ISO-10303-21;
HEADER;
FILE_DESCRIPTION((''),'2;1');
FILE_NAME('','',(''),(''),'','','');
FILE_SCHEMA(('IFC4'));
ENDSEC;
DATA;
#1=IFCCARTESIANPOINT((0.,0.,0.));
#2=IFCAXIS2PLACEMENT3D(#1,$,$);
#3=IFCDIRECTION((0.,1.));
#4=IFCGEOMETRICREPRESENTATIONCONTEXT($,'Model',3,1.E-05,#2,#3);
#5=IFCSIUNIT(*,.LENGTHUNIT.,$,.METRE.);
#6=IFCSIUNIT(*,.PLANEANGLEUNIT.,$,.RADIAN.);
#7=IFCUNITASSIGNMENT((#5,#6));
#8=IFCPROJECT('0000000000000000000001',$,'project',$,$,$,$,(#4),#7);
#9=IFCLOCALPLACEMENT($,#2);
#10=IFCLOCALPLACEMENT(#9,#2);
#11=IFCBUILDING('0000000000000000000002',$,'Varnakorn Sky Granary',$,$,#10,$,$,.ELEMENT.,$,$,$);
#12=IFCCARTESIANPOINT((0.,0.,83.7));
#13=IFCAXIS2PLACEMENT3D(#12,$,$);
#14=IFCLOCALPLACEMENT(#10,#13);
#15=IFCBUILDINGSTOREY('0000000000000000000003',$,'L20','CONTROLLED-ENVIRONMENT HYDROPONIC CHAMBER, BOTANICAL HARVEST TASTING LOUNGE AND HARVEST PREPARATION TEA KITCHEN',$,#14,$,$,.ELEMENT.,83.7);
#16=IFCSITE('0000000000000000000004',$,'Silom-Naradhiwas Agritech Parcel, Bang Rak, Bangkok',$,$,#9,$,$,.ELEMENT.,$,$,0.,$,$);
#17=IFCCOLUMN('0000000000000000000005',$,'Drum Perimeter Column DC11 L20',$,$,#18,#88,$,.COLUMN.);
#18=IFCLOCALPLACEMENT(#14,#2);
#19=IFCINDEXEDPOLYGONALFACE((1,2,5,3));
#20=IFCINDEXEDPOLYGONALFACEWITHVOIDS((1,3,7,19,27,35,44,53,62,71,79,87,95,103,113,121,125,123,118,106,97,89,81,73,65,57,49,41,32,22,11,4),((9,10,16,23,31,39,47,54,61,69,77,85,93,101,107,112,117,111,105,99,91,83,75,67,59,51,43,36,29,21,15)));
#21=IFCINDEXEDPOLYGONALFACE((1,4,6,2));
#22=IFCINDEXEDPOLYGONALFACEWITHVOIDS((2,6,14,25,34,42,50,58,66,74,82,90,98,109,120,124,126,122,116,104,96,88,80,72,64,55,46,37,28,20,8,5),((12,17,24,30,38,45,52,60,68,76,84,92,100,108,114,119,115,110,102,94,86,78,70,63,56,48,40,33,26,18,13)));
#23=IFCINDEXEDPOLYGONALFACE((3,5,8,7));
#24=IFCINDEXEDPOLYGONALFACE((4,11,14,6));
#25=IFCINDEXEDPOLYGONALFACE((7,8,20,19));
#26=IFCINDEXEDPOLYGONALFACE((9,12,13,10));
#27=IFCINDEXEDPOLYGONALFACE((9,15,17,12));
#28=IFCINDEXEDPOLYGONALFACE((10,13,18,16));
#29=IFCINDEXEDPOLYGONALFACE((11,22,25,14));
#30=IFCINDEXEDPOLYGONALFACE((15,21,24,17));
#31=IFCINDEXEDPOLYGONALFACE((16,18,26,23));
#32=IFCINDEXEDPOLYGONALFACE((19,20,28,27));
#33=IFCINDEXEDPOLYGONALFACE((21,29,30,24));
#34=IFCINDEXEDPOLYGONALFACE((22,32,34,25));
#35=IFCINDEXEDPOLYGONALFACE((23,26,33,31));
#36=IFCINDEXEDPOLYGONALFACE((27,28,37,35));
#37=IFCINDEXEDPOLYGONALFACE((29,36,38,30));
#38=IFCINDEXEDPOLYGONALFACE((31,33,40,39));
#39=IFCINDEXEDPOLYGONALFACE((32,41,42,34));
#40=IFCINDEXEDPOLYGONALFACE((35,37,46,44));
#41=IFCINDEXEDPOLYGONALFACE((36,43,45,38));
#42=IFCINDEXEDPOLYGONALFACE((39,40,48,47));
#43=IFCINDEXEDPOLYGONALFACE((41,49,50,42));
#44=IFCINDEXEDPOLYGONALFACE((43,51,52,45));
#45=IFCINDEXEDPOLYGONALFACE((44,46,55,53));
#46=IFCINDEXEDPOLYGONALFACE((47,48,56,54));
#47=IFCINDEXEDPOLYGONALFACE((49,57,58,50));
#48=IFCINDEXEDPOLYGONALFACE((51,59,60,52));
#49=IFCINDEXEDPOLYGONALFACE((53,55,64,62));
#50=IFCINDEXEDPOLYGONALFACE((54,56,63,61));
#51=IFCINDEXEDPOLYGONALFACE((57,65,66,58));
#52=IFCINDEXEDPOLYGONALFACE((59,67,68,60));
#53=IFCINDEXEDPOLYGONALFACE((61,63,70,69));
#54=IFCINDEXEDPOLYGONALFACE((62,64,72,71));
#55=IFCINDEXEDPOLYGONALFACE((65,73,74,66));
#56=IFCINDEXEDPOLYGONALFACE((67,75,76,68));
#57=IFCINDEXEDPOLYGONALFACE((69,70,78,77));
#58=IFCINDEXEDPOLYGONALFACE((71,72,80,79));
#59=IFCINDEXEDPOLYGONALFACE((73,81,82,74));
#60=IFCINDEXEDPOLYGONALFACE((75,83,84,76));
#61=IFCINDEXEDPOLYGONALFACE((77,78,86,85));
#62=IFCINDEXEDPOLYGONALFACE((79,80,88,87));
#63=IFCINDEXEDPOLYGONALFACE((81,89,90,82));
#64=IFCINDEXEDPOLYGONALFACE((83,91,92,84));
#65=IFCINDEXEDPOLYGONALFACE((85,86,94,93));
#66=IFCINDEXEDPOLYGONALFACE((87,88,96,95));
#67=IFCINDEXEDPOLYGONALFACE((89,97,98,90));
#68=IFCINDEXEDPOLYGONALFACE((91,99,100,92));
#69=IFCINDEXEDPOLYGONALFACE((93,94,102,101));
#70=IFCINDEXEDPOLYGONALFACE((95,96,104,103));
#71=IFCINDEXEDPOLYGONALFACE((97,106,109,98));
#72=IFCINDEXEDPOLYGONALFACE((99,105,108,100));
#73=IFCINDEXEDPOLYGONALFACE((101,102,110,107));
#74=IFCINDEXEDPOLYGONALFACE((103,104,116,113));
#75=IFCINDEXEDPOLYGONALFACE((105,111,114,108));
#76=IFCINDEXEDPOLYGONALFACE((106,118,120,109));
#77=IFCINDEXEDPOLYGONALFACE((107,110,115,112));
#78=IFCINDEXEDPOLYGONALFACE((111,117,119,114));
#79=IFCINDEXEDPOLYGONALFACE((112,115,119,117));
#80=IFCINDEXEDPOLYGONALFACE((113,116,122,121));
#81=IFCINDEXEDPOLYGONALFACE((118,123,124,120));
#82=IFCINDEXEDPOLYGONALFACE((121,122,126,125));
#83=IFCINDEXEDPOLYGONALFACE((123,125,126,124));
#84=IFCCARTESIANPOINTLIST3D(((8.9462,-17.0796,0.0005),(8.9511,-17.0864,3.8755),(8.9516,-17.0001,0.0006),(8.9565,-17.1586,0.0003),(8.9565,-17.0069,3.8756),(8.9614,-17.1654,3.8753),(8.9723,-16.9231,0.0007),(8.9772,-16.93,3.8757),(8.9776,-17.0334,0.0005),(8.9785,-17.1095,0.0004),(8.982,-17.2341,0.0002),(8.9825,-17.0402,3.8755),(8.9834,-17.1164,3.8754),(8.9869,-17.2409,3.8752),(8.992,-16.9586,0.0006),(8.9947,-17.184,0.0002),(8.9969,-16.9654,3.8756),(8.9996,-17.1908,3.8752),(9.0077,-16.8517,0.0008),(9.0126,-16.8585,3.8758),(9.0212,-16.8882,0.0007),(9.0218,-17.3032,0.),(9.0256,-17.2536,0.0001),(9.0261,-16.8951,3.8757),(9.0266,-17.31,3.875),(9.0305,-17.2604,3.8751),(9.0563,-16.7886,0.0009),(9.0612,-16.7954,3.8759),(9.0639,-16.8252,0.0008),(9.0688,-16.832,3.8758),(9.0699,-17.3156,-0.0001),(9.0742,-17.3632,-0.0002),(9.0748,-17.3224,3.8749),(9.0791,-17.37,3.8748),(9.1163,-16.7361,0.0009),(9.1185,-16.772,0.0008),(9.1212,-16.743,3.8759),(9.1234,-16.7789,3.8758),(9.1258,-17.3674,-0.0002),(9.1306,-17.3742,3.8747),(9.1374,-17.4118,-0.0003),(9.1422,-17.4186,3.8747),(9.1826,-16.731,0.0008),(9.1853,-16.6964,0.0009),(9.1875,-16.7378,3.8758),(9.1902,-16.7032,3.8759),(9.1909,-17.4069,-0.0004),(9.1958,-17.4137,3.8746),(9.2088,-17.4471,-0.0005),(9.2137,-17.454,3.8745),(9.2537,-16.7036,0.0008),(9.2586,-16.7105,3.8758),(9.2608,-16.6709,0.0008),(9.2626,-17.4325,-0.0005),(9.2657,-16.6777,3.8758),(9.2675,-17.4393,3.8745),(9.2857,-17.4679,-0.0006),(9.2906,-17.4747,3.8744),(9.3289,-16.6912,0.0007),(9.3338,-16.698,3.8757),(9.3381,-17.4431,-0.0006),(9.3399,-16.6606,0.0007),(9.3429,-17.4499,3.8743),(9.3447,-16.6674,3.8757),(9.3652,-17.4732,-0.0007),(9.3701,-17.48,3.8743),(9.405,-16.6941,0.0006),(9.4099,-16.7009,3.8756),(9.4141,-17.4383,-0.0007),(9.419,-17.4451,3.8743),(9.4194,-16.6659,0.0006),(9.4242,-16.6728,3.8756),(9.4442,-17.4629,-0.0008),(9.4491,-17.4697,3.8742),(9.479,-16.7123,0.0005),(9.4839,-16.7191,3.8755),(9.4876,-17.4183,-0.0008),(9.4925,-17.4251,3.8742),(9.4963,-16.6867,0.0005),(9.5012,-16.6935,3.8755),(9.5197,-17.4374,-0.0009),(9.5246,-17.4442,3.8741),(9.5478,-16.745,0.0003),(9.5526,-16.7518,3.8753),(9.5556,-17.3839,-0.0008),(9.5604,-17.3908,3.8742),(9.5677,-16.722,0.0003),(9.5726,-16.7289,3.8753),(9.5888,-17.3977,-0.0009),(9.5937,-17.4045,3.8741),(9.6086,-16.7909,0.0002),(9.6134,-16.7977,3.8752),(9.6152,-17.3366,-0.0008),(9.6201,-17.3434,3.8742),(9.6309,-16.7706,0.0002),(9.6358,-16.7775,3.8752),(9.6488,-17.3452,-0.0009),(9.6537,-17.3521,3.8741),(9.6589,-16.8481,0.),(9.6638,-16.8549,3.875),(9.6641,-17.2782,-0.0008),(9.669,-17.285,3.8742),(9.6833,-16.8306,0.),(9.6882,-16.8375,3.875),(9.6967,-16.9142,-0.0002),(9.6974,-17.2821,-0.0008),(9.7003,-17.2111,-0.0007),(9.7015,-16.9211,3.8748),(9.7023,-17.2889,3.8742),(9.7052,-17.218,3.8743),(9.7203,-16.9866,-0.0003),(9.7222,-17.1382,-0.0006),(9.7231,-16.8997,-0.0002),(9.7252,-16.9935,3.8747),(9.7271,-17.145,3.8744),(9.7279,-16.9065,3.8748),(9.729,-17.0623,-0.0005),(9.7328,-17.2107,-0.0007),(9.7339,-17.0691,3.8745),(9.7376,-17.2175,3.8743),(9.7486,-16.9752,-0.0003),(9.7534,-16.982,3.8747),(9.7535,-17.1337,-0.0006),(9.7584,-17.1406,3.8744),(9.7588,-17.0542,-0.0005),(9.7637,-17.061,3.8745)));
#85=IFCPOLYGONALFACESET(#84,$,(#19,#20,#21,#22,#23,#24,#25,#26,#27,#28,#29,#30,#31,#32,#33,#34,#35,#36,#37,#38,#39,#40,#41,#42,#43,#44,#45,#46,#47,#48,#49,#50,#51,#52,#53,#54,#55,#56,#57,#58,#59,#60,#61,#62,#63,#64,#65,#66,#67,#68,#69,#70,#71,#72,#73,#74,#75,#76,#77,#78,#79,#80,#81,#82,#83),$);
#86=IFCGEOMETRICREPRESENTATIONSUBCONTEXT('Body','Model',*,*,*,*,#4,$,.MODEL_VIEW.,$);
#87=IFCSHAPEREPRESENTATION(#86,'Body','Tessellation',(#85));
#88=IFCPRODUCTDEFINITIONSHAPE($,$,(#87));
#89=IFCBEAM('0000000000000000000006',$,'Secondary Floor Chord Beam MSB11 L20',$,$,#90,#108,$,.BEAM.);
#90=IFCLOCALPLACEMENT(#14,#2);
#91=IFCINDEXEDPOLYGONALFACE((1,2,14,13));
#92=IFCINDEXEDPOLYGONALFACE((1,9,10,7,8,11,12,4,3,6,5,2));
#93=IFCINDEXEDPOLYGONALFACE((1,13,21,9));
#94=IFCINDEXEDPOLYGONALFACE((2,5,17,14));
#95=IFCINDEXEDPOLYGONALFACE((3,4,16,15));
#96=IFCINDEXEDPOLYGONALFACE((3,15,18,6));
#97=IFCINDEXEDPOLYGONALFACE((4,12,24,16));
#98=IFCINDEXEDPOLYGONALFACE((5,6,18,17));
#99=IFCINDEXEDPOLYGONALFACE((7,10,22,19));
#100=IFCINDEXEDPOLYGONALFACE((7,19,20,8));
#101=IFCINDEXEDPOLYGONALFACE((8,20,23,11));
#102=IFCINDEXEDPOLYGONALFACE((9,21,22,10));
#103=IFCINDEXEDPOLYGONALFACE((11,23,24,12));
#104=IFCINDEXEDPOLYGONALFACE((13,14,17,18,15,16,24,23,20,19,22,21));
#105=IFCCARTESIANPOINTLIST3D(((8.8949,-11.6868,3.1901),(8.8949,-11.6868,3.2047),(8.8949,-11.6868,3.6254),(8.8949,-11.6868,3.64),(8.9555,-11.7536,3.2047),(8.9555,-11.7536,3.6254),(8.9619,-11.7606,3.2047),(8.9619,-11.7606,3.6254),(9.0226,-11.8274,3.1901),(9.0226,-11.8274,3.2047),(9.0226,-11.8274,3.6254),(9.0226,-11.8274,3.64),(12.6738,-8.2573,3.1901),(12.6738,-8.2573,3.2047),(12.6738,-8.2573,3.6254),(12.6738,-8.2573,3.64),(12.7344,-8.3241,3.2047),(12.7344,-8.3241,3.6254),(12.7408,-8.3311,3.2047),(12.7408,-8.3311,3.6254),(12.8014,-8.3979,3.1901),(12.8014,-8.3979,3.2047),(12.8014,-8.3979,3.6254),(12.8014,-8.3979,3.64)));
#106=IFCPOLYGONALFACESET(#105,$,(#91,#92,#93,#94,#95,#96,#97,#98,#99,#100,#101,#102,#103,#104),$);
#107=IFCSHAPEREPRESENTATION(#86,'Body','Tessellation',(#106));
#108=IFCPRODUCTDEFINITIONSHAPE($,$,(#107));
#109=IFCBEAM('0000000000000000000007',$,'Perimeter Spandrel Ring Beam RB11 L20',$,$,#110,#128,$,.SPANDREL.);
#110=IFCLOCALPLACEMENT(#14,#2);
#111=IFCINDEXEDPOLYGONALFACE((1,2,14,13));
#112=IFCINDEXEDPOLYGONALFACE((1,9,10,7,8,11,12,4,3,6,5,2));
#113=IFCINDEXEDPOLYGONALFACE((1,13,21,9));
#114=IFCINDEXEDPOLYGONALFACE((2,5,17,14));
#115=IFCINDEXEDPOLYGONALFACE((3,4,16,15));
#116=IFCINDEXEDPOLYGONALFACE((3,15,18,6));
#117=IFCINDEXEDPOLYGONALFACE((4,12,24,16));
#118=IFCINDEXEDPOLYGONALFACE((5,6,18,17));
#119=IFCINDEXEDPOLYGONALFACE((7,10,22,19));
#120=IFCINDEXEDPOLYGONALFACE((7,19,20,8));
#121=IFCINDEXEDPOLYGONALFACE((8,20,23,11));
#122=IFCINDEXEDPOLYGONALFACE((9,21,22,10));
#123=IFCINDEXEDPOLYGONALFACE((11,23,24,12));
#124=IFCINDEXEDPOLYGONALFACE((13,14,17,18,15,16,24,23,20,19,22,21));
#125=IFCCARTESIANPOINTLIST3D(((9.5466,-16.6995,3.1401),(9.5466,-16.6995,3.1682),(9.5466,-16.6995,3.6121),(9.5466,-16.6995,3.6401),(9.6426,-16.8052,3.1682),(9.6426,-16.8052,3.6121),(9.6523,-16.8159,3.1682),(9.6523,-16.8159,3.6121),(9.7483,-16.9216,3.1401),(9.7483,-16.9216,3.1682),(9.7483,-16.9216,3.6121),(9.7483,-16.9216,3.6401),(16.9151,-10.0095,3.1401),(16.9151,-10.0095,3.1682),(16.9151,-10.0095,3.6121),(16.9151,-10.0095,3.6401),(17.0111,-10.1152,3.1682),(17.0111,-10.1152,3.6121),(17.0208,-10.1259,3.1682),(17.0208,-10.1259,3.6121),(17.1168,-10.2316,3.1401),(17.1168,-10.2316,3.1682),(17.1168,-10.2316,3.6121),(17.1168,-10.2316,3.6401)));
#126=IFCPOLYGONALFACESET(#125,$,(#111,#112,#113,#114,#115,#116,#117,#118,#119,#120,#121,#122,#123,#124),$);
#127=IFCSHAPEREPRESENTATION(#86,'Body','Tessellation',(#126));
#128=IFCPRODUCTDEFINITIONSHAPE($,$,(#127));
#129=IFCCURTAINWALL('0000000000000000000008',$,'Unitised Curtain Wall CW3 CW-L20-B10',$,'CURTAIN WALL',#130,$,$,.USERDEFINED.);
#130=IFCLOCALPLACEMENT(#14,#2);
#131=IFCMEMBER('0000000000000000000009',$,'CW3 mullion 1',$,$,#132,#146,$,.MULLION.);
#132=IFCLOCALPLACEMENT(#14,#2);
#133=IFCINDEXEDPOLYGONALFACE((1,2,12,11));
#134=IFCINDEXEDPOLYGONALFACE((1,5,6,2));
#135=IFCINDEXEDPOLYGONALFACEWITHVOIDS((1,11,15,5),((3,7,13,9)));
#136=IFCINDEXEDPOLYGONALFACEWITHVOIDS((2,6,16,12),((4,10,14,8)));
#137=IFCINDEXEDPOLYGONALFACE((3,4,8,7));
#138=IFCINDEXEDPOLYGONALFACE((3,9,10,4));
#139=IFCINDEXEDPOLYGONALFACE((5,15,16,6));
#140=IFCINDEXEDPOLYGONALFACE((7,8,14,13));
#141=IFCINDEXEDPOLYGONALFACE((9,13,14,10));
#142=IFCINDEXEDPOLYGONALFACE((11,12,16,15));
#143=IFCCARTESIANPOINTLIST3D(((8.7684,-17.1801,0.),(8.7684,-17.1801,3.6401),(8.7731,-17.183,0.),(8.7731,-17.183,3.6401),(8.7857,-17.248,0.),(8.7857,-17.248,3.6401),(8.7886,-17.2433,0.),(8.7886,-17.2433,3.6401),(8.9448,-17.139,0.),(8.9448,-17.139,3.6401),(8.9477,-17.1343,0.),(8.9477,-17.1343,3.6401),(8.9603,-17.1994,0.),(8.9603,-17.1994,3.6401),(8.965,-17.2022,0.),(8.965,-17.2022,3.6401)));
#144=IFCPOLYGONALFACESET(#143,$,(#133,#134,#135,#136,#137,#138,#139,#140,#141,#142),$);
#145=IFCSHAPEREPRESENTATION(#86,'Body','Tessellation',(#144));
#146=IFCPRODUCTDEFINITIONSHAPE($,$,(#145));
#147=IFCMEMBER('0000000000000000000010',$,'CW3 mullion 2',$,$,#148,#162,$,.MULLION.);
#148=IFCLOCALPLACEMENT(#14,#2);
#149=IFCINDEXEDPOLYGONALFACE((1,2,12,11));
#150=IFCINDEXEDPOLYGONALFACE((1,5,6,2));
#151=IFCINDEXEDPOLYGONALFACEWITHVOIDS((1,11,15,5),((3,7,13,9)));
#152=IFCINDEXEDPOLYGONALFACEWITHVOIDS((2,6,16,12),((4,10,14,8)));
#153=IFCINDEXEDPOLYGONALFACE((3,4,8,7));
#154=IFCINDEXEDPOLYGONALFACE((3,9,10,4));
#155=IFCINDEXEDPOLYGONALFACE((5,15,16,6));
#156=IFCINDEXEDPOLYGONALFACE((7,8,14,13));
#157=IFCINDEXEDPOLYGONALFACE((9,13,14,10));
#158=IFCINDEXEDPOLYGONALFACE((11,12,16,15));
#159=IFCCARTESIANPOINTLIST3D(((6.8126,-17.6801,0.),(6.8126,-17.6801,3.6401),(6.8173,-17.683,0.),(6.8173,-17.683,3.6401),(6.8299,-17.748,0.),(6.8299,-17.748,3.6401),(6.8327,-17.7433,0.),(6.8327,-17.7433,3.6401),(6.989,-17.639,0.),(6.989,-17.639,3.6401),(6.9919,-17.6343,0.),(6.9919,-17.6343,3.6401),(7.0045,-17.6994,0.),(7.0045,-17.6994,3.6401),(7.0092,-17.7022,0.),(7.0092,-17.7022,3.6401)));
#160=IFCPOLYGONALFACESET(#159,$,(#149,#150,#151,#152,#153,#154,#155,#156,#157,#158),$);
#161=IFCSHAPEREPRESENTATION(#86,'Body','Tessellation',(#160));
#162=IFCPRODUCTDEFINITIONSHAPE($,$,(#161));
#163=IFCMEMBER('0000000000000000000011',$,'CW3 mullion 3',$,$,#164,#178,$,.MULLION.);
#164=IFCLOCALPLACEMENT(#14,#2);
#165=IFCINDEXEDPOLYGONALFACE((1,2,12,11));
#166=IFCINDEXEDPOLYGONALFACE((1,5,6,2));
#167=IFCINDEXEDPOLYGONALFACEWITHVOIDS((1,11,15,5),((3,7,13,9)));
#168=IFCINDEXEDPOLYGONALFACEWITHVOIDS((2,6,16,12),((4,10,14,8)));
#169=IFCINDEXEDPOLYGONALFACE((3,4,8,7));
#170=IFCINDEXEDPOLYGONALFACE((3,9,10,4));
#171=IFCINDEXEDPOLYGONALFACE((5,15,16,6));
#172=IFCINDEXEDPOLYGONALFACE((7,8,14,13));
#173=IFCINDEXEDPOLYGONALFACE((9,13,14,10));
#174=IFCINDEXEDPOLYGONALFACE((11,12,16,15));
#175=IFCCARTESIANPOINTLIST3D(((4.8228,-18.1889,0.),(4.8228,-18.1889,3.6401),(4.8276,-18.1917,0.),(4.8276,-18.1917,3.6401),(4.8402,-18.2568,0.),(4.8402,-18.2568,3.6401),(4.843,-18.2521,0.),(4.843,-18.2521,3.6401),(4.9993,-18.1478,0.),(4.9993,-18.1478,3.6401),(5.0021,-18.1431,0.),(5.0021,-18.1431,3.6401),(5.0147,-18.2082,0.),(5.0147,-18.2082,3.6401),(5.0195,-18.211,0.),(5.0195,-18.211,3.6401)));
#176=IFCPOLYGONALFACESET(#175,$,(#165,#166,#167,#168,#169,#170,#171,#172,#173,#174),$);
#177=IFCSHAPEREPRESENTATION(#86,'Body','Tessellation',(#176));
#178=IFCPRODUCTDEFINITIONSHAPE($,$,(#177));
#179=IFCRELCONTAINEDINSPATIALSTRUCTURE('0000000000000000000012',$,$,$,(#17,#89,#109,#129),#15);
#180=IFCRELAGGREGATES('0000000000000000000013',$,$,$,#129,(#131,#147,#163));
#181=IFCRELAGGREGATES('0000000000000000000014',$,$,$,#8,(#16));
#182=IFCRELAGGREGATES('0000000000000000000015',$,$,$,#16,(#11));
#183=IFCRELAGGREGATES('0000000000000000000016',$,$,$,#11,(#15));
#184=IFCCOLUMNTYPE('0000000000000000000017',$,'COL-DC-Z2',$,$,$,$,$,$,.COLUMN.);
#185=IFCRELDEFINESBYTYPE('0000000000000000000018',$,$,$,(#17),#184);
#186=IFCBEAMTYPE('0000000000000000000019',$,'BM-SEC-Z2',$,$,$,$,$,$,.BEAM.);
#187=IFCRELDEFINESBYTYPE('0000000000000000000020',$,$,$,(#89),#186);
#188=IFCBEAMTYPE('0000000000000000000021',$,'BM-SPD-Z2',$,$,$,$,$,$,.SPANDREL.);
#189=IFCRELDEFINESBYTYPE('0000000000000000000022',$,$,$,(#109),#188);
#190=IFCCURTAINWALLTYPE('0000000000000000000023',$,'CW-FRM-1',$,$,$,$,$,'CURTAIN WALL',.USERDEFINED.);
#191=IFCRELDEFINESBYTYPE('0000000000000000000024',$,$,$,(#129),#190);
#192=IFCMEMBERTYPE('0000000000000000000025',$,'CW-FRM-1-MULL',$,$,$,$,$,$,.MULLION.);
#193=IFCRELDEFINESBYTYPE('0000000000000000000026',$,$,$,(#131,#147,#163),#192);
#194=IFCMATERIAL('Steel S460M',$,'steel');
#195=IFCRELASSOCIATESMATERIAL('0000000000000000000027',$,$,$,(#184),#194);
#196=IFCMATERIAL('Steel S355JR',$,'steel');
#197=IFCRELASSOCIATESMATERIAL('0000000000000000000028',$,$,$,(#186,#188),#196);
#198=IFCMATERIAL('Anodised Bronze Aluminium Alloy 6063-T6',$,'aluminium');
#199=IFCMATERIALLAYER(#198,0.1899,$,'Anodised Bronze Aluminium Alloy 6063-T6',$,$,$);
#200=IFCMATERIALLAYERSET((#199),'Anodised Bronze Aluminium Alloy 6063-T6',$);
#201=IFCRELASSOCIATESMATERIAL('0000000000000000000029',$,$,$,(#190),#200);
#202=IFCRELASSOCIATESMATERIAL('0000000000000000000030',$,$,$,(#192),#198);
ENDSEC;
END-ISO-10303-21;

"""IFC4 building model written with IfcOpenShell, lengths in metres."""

from ifc_helpers import new_model, si_unit, direction, frame, origin, origin_2d, place, context, subcontext, project, spatial, hollow_rectangle, hollow_circle, i_section, extrude, material, layer, layer_set, material_profile, profile_set, type_object, element, aggregate, save


model = new_model("IFC4")

# Units and contexts
model_context = context("Model", 3, precision=1e-05, world=origin(), true_north=direction((0.0, 1.0)))
body_context = subcontext(model_context, "Body", "Model", "MODEL_VIEW")
ifc_project = project(units=[si_unit("LENGTHUNIT", "METRE"), si_unit("PLANEANGLEUNIT", "RADIAN")], contexts=[model_context])

# Site, building, storey
site_placement = place(None, origin())
site = spatial("IfcSite", under=ifc_project, at=site_placement, Name="Silom-Naradhiwas Agritech Parcel, Bang Rak, Bangkok", CompositionType="ELEMENT", RefElevation=0.0)
building_placement = place(site_placement, origin())
building = spatial("IfcBuilding", under=site, at=building_placement, Name="Varnakorn Sky Granary", CompositionType="ELEMENT")
storey_placement = place(building_placement, frame((0.0, 0.0, 83.7)))
storey = spatial("IfcBuildingStorey", under=building, at=storey_placement, Name="L20", Description="CONTROLLED-ENVIRONMENT HYDROPONIC CHAMBER, BOTANICAL HARVEST TASTING LOUNGE AND HARVEST PREPARATION TEA KITCHEN", CompositionType="ELEMENT", Elevation=83.7)

# Column
ifc_material_1 = material(Name="Steel S460M", Category="steel")
ifc_material_profile_1 = material_profile(ifc_material_1, hollow_circle(Radius=0.4065, WallThickness=0.03, at=origin_2d()), Name="CHS 813x30")
ifc_profile_set_1 = profile_set([ifc_material_profile_1], Name="Steel S460M")
column_type = type_object("IfcColumnType", Name="COL-DC-Z2", PredefinedType="COLUMN", material=ifc_profile_set_1)
column_placement = place(storey_placement, frame((9.3525, -17.0669, 0.0), z_axis=(0.00126, -0.001764, 0.999998), x_axis=(0.813733, 0.581238, 0.0)))
element("IfcColumn", 1, at=column_placement, inside=storey, type_object=column_type, Name="Drum Perimeter Column DC11 L20", PredefinedType="COLUMN", context=body_context, shape_type="SweptSolid", body=[
    extrude(hollow_circle(Radius=0.4065, WallThickness=0.03, at=origin_2d()), origin(), (0.0, 0.0, 1.0), 3.875),
])

# Beams
ifc_material_2 = material(Name="Steel S355JR", Category="steel")
ifc_material_profile_2 = material_profile(ifc_material_2, i_section(OverallWidth=0.1899, OverallDepth=0.45, WebThickness=0.0095, FlangeThickness=0.0146, at=origin_2d()), Name="IPE 450")
ifc_profile_set_2 = profile_set([ifc_material_profile_2], Name="Steel S355JR")
beam_type_1 = type_object("IfcBeamType", Name="BM-SEC-Z2", PredefinedType="BEAM", material=ifc_profile_set_2)
beam_1_placement = place(storey_placement, frame((8.9587, -11.7571, 3.415), z_axis=(0.740509, 0.672046, 0.0), x_axis=(-0.672046, 0.740509, 0.0)))
element("IfcBeam", 2, at=beam_1_placement, inside=storey, type_object=beam_type_1, Name="Secondary Floor Chord Beam MSB11 L20", PredefinedType="BEAM", context=body_context, shape_type="SweptSolid", body=[
    extrude(i_section(OverallWidth=0.1899, OverallDepth=0.45, WebThickness=0.0095, FlangeThickness=0.0146, at=origin_2d()), origin(), (0.0, 0.0, 1.0), 5.103),
])
ifc_material_profile_3 = material_profile(ifc_material_2, i_section(OverallWidth=0.3, OverallDepth=0.5, WebThickness=0.0144, FlangeThickness=0.0281, at=origin_2d()), Name="HE 500 B")
ifc_profile_set_3 = profile_set([ifc_material_profile_3], Name="Steel S355JR")
beam_type_2 = type_object("IfcBeamType", Name="BM-SPD-Z2", PredefinedType="SPANDREL", material=ifc_profile_set_3)
beam_2_placement = place(storey_placement, frame((9.6475, -16.8105, 3.3901), z_axis=(0.740371, 0.672199, 0.0), x_axis=(-0.672199, 0.740371, 0.0)))
element("IfcBeam", 3, at=beam_2_placement, inside=storey, type_object=beam_type_2, Name="Perimeter Spandrel Ring Beam RB11 L20", PredefinedType="SPANDREL", context=body_context, shape_type="SweptSolid", body=[
    extrude(i_section(OverallWidth=0.3, OverallDepth=0.5, WebThickness=0.0144, FlangeThickness=0.0281, at=origin_2d()), origin(), (0.0, 0.0, 1.0), 9.9524),
])

# Curtain wall, members
ifc_material_3 = material(Name="Anodised Bronze Aluminium Alloy 6063-T6", Category="aluminium")
ifc_layer_1 = layer(ifc_material_3, 0.1899, Name="Anodised Bronze Aluminium Alloy 6063-T6")
ifc_layer_set_1 = layer_set([ifc_layer_1], Name="Anodised Bronze Aluminium Alloy 6063-T6")
curtain_wall_type = type_object("IfcCurtainWallType", Name="CW-FRM-1", ElementType="CURTAIN WALL", PredefinedType="USERDEFINED", material=ifc_layer_set_1)
curtain_wall_1_placement = place(storey_placement, origin())
curtain_wall_1 = element("IfcCurtainWall", 4, at=curtain_wall_1_placement, inside=storey, type_object=curtain_wall_type, Name="Unitised Curtain Wall CW3 CW-L20-B10", ObjectType="CURTAIN WALL", PredefinedType="USERDEFINED")
ifc_material_profile_4 = material_profile(ifc_material_3, hollow_rectangle(XDim=0.0701, YDim=0.1851, WallThickness=0.0039, at=origin_2d()), Name="ALU MULL 70x185")
ifc_profile_set_4 = profile_set([ifc_material_profile_4], Name="Anodised Bronze Aluminium Alloy 6063-T6")
member_type_1 = type_object("IfcMemberType", Name="CW-FRM-1-MULL", PredefinedType="MULLION", material=ifc_profile_set_4)
member_1_placement = place(storey_placement, frame((8.8667, -17.1912, 0.0), z_axis=(0.0, 0.0, 1.0), x_axis=(0.247745, -0.968825, 0.0)))
member_1 = element("IfcMember", 5, at=member_1_placement, type_object=member_type_1, Name="CW3 mullion 1", PredefinedType="MULLION", context=body_context, shape_type="SweptSolid", body=[
    extrude(hollow_rectangle(XDim=0.0701, YDim=0.1851, WallThickness=0.0039, at=origin_2d()), origin(), (0.0, 0.0, 1.0), 3.6401),
])
member_2_placement = place(storey_placement, frame((6.9109, -17.6912, 0.0), z_axis=(0.0, 0.0, 1.0), x_axis=(0.247745, -0.968825, 0.0)))
member_2 = element("IfcMember", 6, at=member_2_placement, type_object=member_type_1, Name="CW3 mullion 2", PredefinedType="MULLION", context=body_context, shape_type="SweptSolid", body=[
    extrude(hollow_rectangle(XDim=0.0701, YDim=0.1851, WallThickness=0.0039, at=origin_2d()), origin(), (0.0, 0.0, 1.0), 3.6401),
])
member_3_placement = place(storey_placement, frame((4.9211, -18.2, 0.0), z_axis=(0.0, 0.0, 1.0), x_axis=(0.247745, -0.968825, 0.0)))
member_3 = element("IfcMember", 7, at=member_3_placement, type_object=member_type_1, Name="CW3 mullion 3", PredefinedType="MULLION", context=body_context, shape_type="SweptSolid", body=[
    extrude(hollow_rectangle(XDim=0.0701, YDim=0.1851, WallThickness=0.0039, at=origin_2d()), origin(), (0.0, 0.0, 1.0), 3.6401),
])

aggregate(curtain_wall_1, [member_1, member_2, member_3])

save(model, "model.ifc")
